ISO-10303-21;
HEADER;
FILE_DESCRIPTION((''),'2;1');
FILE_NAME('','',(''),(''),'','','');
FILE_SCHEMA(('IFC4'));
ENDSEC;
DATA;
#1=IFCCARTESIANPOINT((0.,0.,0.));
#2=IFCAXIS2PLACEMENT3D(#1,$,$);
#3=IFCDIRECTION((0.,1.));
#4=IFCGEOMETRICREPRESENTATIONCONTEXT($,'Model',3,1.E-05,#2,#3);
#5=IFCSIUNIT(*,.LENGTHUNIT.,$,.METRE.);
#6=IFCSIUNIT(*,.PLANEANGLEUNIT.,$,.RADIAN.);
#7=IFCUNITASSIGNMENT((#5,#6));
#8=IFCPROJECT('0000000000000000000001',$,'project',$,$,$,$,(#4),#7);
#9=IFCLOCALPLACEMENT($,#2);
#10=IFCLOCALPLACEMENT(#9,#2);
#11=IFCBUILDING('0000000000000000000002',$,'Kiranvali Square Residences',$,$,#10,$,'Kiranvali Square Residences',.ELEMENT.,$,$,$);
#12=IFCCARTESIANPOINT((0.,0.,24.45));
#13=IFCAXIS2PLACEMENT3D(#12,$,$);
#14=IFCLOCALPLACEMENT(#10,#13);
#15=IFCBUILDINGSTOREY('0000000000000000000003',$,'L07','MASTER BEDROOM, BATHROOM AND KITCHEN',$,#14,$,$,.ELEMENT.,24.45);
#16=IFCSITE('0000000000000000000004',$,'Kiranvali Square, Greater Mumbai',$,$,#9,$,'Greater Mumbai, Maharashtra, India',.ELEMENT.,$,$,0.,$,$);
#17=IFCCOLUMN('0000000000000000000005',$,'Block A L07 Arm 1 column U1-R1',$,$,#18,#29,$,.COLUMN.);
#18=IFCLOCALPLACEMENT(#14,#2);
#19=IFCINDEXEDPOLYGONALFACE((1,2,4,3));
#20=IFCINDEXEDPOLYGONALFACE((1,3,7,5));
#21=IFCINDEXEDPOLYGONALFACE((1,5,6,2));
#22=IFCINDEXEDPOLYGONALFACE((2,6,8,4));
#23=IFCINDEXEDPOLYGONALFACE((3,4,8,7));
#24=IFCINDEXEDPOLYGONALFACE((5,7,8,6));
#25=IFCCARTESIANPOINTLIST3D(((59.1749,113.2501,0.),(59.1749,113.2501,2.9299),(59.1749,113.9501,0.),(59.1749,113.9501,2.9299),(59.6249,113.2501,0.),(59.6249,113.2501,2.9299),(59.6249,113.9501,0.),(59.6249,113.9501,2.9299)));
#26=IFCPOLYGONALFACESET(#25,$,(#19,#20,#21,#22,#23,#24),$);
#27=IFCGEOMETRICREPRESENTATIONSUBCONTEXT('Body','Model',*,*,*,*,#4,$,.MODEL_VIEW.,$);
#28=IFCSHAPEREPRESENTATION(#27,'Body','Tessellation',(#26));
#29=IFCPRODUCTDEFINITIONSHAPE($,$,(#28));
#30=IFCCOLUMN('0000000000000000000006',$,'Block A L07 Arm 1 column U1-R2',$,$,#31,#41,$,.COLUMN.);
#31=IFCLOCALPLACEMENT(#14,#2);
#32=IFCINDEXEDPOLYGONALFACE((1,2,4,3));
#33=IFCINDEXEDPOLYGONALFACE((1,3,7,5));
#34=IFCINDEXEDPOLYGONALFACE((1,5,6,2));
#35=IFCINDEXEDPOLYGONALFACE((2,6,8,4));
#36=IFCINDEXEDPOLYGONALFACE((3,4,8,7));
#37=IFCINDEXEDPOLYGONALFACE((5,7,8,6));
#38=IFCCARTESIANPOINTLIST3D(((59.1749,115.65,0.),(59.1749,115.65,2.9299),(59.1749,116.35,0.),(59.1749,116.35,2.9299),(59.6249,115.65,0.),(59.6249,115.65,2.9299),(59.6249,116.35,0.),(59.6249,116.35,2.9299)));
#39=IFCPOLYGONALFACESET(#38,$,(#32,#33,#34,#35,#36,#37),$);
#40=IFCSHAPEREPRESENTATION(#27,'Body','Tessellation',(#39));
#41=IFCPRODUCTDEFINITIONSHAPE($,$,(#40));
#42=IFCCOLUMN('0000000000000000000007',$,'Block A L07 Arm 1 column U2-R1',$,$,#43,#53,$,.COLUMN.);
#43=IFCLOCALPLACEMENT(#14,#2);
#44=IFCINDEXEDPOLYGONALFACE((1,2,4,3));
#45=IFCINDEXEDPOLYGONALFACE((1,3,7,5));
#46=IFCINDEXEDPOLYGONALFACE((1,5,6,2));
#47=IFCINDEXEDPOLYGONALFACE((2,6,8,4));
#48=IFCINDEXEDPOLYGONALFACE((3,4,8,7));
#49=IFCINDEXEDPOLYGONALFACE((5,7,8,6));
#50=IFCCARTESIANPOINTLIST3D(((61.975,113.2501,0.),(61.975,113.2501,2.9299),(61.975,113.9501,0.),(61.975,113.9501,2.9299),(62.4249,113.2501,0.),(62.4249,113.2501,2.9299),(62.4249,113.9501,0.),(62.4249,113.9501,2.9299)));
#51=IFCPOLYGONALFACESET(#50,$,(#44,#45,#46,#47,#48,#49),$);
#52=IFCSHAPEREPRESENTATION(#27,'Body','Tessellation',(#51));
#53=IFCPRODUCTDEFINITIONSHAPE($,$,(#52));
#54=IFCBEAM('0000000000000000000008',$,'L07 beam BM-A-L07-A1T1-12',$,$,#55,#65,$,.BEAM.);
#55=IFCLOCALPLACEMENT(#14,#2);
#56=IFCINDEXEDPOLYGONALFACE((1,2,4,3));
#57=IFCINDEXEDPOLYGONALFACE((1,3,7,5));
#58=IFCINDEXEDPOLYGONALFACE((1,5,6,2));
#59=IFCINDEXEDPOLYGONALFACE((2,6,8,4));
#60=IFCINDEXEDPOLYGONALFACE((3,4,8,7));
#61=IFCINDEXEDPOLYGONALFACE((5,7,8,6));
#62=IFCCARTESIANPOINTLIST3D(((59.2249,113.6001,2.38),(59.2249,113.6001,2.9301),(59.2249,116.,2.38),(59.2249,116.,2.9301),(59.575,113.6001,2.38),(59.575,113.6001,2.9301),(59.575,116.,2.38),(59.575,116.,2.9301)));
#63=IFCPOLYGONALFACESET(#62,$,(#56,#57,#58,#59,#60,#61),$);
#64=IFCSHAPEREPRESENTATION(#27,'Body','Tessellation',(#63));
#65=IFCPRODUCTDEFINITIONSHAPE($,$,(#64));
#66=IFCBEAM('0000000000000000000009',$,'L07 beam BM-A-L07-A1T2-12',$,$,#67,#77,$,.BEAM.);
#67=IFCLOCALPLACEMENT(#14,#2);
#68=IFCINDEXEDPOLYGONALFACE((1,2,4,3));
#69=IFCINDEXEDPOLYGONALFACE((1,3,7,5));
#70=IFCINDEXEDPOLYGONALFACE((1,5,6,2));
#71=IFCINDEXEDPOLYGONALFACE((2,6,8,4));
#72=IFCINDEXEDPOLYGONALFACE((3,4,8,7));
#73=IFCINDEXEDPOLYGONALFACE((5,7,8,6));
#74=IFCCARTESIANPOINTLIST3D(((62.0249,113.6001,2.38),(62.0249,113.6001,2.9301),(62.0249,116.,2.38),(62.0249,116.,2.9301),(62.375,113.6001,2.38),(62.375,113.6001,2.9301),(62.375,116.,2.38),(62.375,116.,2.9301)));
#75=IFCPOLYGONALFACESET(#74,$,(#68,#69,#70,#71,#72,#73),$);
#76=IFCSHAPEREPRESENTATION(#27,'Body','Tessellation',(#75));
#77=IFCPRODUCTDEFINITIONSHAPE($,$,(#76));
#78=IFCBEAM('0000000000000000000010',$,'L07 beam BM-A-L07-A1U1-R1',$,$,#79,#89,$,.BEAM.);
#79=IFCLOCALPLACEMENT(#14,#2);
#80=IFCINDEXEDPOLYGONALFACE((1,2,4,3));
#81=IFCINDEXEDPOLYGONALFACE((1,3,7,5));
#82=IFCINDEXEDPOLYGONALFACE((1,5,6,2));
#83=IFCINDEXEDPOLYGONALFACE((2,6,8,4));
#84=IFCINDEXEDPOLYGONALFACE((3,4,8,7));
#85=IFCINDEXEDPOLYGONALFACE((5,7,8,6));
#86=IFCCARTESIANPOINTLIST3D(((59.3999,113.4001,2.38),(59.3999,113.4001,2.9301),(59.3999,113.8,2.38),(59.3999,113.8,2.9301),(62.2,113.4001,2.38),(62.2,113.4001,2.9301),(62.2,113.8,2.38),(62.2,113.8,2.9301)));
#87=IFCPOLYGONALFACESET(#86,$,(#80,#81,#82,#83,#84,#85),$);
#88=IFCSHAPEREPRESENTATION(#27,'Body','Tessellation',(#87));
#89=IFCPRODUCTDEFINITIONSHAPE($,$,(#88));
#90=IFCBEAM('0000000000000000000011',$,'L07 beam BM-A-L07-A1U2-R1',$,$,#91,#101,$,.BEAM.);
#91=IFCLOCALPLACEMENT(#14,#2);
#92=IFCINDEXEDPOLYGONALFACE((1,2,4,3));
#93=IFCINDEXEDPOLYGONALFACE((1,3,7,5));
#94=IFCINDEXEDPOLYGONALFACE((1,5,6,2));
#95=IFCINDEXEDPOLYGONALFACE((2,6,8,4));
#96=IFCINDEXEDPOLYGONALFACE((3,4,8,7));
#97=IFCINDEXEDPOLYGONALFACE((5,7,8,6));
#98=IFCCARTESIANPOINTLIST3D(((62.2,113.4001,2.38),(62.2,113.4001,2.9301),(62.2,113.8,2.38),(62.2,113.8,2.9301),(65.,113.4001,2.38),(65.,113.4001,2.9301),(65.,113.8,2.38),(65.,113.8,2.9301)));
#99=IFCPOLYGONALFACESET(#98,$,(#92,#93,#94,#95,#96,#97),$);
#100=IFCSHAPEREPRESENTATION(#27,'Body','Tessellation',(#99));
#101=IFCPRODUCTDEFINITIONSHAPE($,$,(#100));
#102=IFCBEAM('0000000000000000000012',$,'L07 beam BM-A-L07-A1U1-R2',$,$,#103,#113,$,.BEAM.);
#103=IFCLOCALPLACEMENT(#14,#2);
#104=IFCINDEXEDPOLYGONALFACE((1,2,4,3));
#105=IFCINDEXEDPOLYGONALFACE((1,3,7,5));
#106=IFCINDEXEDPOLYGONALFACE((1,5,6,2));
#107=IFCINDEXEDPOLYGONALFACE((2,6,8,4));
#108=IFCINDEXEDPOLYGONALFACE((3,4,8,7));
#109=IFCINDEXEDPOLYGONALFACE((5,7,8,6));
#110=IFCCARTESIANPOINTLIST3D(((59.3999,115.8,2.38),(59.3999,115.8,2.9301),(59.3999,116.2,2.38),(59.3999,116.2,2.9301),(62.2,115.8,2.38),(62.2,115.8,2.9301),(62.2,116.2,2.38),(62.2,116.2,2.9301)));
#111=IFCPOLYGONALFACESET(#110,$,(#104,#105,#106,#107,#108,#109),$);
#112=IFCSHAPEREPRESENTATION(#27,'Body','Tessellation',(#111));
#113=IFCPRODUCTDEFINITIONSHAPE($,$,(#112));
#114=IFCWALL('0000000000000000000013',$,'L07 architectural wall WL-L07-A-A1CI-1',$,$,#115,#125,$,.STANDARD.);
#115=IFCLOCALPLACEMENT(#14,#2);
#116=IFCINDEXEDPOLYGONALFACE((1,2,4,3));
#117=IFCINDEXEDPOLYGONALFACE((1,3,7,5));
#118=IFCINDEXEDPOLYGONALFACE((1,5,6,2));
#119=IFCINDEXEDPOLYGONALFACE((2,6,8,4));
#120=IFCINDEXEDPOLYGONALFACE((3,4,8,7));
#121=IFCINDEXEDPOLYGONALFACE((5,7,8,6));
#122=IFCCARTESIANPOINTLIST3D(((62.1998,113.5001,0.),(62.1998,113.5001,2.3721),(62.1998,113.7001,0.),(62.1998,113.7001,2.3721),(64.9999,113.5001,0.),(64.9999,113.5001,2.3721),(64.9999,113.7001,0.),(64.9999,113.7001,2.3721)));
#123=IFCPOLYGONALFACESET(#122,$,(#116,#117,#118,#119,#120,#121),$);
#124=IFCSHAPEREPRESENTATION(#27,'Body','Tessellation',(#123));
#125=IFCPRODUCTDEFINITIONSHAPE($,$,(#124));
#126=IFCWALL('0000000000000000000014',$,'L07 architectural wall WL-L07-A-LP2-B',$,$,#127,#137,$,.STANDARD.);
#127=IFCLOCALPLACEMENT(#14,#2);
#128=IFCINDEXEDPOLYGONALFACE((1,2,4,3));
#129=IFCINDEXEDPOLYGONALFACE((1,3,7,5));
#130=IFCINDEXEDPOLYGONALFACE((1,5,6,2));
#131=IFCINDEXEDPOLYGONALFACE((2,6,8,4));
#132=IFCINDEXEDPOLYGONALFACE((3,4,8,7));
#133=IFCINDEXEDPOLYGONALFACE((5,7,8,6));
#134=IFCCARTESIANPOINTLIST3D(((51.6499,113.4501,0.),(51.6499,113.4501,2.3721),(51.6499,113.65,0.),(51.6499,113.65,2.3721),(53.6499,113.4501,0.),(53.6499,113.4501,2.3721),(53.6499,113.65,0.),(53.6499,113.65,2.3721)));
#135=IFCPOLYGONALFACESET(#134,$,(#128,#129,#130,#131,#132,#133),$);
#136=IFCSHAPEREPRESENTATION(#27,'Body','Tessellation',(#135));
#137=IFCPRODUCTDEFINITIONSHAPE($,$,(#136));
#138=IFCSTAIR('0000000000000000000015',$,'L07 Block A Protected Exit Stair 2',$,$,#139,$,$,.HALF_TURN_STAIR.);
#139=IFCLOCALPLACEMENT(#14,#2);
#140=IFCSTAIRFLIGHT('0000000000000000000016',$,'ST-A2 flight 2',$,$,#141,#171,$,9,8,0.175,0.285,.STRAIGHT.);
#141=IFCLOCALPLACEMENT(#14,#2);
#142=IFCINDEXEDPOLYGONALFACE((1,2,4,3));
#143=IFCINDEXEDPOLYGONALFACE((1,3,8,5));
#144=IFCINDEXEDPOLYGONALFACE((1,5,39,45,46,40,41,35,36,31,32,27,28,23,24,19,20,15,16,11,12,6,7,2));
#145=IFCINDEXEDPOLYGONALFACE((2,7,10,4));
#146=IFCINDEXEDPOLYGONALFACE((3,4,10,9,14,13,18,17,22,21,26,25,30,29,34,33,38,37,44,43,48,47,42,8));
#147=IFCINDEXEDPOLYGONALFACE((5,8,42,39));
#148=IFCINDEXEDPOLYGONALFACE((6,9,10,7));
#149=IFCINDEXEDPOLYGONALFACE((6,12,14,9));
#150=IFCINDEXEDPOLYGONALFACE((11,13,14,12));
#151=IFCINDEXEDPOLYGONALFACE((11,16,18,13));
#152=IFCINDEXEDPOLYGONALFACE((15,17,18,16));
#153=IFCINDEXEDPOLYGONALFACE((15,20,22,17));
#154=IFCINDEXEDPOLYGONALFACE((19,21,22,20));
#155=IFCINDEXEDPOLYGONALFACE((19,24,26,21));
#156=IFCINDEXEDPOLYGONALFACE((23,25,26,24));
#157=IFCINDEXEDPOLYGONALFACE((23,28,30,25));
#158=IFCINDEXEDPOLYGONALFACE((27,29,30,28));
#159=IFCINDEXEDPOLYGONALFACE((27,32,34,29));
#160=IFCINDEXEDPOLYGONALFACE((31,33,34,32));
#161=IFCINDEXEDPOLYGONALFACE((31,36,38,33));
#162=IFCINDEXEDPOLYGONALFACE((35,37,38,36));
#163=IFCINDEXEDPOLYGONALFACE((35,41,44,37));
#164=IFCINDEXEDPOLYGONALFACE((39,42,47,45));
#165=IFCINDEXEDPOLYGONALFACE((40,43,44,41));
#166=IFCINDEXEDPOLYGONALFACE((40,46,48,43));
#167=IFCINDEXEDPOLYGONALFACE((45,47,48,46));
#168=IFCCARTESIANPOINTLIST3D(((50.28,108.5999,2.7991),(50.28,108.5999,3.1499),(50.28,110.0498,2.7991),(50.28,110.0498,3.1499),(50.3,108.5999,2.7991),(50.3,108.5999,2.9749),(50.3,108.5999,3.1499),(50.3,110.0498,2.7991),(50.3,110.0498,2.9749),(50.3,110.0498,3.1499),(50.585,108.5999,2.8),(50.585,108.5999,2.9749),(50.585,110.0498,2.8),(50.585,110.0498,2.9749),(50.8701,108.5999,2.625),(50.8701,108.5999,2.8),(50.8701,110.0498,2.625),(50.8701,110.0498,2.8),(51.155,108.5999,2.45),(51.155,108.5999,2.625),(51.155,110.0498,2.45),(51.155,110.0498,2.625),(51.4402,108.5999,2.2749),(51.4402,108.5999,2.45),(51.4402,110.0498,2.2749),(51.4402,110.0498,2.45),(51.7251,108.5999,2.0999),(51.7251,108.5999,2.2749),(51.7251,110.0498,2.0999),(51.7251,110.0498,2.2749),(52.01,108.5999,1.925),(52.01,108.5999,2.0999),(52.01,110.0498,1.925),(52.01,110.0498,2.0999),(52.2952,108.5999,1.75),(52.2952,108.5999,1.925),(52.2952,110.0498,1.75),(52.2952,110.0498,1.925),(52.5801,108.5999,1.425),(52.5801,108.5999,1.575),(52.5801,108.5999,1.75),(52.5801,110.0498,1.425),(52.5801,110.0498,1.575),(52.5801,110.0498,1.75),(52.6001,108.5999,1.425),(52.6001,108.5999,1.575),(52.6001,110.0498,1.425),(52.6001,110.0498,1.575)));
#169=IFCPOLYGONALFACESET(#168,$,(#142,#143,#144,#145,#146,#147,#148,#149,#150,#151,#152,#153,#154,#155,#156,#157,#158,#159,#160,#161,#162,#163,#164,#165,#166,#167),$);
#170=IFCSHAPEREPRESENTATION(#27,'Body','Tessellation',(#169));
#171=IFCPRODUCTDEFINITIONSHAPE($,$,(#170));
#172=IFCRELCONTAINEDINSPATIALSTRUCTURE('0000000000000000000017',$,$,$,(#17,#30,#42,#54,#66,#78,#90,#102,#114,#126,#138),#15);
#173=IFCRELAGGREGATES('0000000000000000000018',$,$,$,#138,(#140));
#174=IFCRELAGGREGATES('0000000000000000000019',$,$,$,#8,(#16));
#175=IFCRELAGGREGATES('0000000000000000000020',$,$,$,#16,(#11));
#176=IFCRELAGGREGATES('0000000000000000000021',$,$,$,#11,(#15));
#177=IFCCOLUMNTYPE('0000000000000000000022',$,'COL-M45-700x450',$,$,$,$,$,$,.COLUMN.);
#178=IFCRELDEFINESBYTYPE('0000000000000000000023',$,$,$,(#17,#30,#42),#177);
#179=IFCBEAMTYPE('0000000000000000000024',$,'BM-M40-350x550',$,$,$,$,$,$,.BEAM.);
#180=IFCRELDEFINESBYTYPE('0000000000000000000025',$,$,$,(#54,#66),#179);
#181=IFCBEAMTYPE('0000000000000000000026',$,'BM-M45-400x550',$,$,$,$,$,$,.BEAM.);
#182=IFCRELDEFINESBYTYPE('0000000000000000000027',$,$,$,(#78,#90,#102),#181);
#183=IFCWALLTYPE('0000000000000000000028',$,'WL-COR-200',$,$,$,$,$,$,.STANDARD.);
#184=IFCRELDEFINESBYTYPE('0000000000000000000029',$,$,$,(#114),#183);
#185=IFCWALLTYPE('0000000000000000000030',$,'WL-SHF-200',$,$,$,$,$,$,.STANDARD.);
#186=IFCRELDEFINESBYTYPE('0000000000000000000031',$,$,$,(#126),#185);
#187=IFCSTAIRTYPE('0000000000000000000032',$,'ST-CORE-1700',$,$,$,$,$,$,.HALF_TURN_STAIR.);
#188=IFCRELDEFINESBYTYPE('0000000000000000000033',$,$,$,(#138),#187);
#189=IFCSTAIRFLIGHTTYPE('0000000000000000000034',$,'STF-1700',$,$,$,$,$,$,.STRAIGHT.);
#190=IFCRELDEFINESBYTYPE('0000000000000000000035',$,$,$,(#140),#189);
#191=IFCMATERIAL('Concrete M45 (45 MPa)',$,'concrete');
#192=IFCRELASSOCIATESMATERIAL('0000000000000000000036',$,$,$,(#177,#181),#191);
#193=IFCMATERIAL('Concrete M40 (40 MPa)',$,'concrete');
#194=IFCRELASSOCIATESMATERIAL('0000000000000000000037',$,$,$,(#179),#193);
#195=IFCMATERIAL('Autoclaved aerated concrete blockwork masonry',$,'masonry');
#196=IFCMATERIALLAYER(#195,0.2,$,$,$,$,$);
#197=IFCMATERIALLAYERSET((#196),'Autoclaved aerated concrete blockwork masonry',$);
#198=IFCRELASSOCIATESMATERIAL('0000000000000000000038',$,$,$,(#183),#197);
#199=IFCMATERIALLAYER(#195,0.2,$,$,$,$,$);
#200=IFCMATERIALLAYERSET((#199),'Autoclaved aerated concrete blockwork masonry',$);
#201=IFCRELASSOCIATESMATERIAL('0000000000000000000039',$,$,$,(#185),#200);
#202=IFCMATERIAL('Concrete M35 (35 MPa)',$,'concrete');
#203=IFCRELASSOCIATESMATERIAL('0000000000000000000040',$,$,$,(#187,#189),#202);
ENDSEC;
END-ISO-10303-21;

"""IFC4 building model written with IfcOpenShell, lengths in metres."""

from ifc_helpers import new_model, si_unit, direction, frame, frame_2d, origin, origin_2d, place, context, subcontext, project, spatial, polyline, rectangle, outline, extrude, material, layer, layer_set, material_profile, profile_set, type_object, element, aggregate, save


model = new_model("IFC4")

# Units and contexts
model_context = context("Model", 3, precision=1e-05, world=origin(), true_north=direction((0.0, 1.0)))
body_context = subcontext(model_context, "Body", "Model", "MODEL_VIEW")
ifc_project = project(units=[si_unit("LENGTHUNIT", "METRE"), si_unit("PLANEANGLEUNIT", "RADIAN")], contexts=[model_context])

# Site, building, storey
site_placement = place(None, origin())
site = spatial("IfcSite", under=ifc_project, at=site_placement, Name="Kiranvali Square, Greater Mumbai", LongName="Greater Mumbai, Maharashtra, India", CompositionType="ELEMENT", RefElevation=0.0)
building_placement = place(site_placement, origin())
building = spatial("IfcBuilding", under=site, at=building_placement, Name="Kiranvali Square Residences", LongName="Kiranvali Square Residences", CompositionType="ELEMENT")
storey_placement = place(building_placement, frame((0.0, 0.0, 24.45)))
storey = spatial("IfcBuildingStorey", under=building, at=storey_placement, Name="L07", Description="MASTER BEDROOM, BATHROOM AND KITCHEN", CompositionType="ELEMENT", Elevation=24.45)

# Columns
ifc_material_1 = material(Name="Concrete M45 (45 MPa)", Category="concrete")
ifc_material_profile_1 = material_profile(ifc_material_1, rectangle(XDim=0.45, YDim=0.7, at=origin_2d()), Name="RC 700x450")
ifc_profile_set_1 = profile_set([ifc_material_profile_1], Name="Concrete M45 (45 MPa)")
column_type = type_object("IfcColumnType", Name="COL-M45-700x450", PredefinedType="COLUMN", material=ifc_profile_set_1)
for number, where, z_axis, x_axis, name in (
    (1, (59.3999, 113.6001, 0.0), (0.0, 0.0, 1.0), (1.0, 0.0, 0.0), "Block A L07 Arm 1 column U1-R1"),
    (2, (59.3999, 116.0, 0.0), (0.0, 0.0, 1.0), (1.0, 0.0, 0.0), "Block A L07 Arm 1 column U1-R2"),
    (3, (62.2, 113.6001, 0.0), (0.0, 0.0, 1.0), (1.0, 0.0, 0.0), "Block A L07 Arm 1 column U2-R1"),
):
    element("IfcColumn", number, at=place(storey_placement, frame(where, z_axis=z_axis, x_axis=x_axis)), inside=storey, type_object=column_type, Name=name, PredefinedType="COLUMN", context=body_context, shape_type="SweptSolid", body=[
        extrude(rectangle(XDim=0.45, YDim=0.7, at=origin_2d()), origin(), (0.0, 0.0, 1.0), 2.9299),
    ])

# Beams
ifc_material_2 = material(Name="Concrete M40 (40 MPa)", Category="concrete")
ifc_material_profile_2 = material_profile(ifc_material_2, rectangle(XDim=0.3501, YDim=0.55, at=origin_2d()), Name="RC 350x550")
ifc_profile_set_2 = profile_set([ifc_material_profile_2], Name="Concrete M40 (40 MPa)")
beam_type_1 = type_object("IfcBeamType", Name="BM-M40-350x550", PredefinedType="BEAM", material=ifc_profile_set_2)
for number, where, z_axis, x_axis, name in (
    (4, (59.3999, 113.6001, 2.655), (0.0, 1.0, 0.0), (-1.0, 0.0, 0.0), "L07 beam BM-A-L07-A1T1-12"),
    (5, (62.2, 113.6001, 2.655), (0.0, 1.0, 0.0), (-1.0, 0.0, 0.0), "L07 beam BM-A-L07-A1T2-12"),
):
    element("IfcBeam", number, at=place(storey_placement, frame(where, z_axis=z_axis, x_axis=x_axis)), inside=storey, type_object=beam_type_1, Name=name, PredefinedType="BEAM", context=body_context, shape_type="SweptSolid", body=[
        extrude(rectangle(XDim=0.3501, YDim=0.55, at=origin_2d()), origin(), (0.0, 0.0, 1.0), 2.3999),
    ])
ifc_material_profile_3 = material_profile(ifc_material_1, rectangle(XDim=0.3999, YDim=0.55, at=origin_2d()), Name="RC 400x550")
ifc_profile_set_3 = profile_set([ifc_material_profile_3], Name="Concrete M45 (45 MPa)")
beam_type_2 = type_object("IfcBeamType", Name="BM-M45-400x550", PredefinedType="BEAM", material=ifc_profile_set_3)
for number, where, z_axis, x_axis, name in (
    (6, (59.3999, 113.6001, 2.655), (1.0, 0.0, 0.0), (0.0, 1.0, 0.0), "L07 beam BM-A-L07-A1U1-R1"),
    (7, (62.2, 113.6001, 2.655), (1.0, 0.0, 0.0), (0.0, 1.0, 0.0), "L07 beam BM-A-L07-A1U2-R1"),
    (8, (59.3999, 116.0, 2.655), (1.0, 0.0, 0.0), (0.0, 1.0, 0.0), "L07 beam BM-A-L07-A1U1-R2"),
):
    element("IfcBeam", number, at=place(storey_placement, frame(where, z_axis=z_axis, x_axis=x_axis)), inside=storey, type_object=beam_type_2, Name=name, PredefinedType="BEAM", context=body_context, shape_type="SweptSolid", body=[
        extrude(rectangle(XDim=0.3999, YDim=0.55, at=origin_2d()), origin(), (0.0, 0.0, 1.0), 2.8),
    ])

# Shared definitions
ifc_material_3 = material(Name="Autoclaved aerated concrete blockwork masonry", Category="masonry")
ifc_layer_1 = layer(ifc_material_3, 0.2)
ifc_layer_set_1 = layer_set([ifc_layer_1], Name="Autoclaved aerated concrete blockwork masonry")
wall_type_1 = type_object("IfcWallType", Name="WL-COR-200", PredefinedType="STANDARD", material=ifc_layer_set_1)

# Wall
wall_1_placement = place(storey_placement, frame((62.2, 113.6001, 0.0), z_axis=(0.0, 0.0, 1.0), x_axis=(1.0, 0.0, 0.0)))
element("IfcWall", 9, at=wall_1_placement, inside=storey, type_object=wall_type_1, Name="L07 architectural wall WL-L07-A-A1CI-1", PredefinedType="STANDARD", context=body_context, shape_type="SweptSolid", body=[
    extrude(rectangle(XDim=2.8, YDim=0.2, at=frame_2d((1.3999, 0.0))), origin(), (0.0, 0.0, 1.0), 2.3721),
])

# Shared definitions
ifc_layer_2 = layer(ifc_material_3, 0.2)
ifc_layer_set_2 = layer_set([ifc_layer_2], Name="Autoclaved aerated concrete blockwork masonry")
wall_type_2 = type_object("IfcWallType", Name="WL-SHF-200", PredefinedType="STANDARD", material=ifc_layer_set_2)

# Wall
wall_2_placement = place(storey_placement, frame((51.6499, 113.55, 0.0), z_axis=(0.0, 0.0, 1.0), x_axis=(1.0, 0.0, 0.0)))
element("IfcWall", 10, at=wall_2_placement, inside=storey, type_object=wall_type_2, Name="L07 architectural wall WL-L07-A-LP2-B", PredefinedType="STANDARD", context=body_context, shape_type="SweptSolid", body=[
    extrude(rectangle(XDim=2.0, YDim=0.2, at=frame_2d((1.0, 0.0))), origin(), (0.0, 0.0, 1.0), 2.3721),
])

# Stair, stair flight
ifc_material_4 = material(Name="Concrete M35 (35 MPa)", Category="concrete")
stair_type = type_object("IfcStairType", Name="ST-CORE-1700", PredefinedType="HALF_TURN_STAIR", material=ifc_material_4)
stair_placement = place(storey_placement, origin())
stair = element("IfcStair", 11, at=stair_placement, inside=storey, type_object=stair_type, Name="L07 Block A Protected Exit Stair 2", PredefinedType="HALF_TURN_STAIR")
stair_flight_type = type_object("IfcStairFlightType", Name="STF-1700", PredefinedType="STRAIGHT", material=ifc_material_4)
stair_flight_placement = place(storey_placement, frame((52.5801, 109.325, 1.575), z_axis=(0.0, 0.0, 1.0), x_axis=(-1.0, 0.0, 0.0)))
stair_flight = element("IfcStairFlight", 12, at=stair_flight_placement, type_object=stair_flight_type, Name="ST-A2 flight 2", NumberOfRisers=9, NumberOfTreads=8, PredefinedType="STRAIGHT", RiserHeight=0.175, TreadLength=0.285, context=body_context, shape_type="SweptSolid", body=[
    extrude(outline(polyline([(-0.02, -0.1499), (-0.02, 0.0), (0.0, 0.0), (0.0, 0.175), (0.2849, 0.175), (0.2849, 0.3501), (0.5701, 0.3501), (0.5701, 0.5249), (0.855, 0.5249), (0.855, 0.7), (1.1399, 0.7), (1.1399, 0.875), (1.425, 0.875), (1.425, 1.05), (1.71, 1.05), (1.71, 1.2251), (1.9951, 1.2251), (1.9951, 1.3999), (2.28, 1.3999), (2.28, 1.575), (2.3, 1.575), (2.3, 1.2241), (2.28, 1.2241), (0.0, -0.1499), (-0.02, -0.1499)])), frame((0.0, 0.7251, 0.0), z_axis=(0.0, -1.0, 0.0), x_axis=(1.0, 0.0, 0.0)), (0.0, 0.0, 1.0), 1.45),
])
aggregate(stair, [stair_flight])

save(model, "model.ifc")
